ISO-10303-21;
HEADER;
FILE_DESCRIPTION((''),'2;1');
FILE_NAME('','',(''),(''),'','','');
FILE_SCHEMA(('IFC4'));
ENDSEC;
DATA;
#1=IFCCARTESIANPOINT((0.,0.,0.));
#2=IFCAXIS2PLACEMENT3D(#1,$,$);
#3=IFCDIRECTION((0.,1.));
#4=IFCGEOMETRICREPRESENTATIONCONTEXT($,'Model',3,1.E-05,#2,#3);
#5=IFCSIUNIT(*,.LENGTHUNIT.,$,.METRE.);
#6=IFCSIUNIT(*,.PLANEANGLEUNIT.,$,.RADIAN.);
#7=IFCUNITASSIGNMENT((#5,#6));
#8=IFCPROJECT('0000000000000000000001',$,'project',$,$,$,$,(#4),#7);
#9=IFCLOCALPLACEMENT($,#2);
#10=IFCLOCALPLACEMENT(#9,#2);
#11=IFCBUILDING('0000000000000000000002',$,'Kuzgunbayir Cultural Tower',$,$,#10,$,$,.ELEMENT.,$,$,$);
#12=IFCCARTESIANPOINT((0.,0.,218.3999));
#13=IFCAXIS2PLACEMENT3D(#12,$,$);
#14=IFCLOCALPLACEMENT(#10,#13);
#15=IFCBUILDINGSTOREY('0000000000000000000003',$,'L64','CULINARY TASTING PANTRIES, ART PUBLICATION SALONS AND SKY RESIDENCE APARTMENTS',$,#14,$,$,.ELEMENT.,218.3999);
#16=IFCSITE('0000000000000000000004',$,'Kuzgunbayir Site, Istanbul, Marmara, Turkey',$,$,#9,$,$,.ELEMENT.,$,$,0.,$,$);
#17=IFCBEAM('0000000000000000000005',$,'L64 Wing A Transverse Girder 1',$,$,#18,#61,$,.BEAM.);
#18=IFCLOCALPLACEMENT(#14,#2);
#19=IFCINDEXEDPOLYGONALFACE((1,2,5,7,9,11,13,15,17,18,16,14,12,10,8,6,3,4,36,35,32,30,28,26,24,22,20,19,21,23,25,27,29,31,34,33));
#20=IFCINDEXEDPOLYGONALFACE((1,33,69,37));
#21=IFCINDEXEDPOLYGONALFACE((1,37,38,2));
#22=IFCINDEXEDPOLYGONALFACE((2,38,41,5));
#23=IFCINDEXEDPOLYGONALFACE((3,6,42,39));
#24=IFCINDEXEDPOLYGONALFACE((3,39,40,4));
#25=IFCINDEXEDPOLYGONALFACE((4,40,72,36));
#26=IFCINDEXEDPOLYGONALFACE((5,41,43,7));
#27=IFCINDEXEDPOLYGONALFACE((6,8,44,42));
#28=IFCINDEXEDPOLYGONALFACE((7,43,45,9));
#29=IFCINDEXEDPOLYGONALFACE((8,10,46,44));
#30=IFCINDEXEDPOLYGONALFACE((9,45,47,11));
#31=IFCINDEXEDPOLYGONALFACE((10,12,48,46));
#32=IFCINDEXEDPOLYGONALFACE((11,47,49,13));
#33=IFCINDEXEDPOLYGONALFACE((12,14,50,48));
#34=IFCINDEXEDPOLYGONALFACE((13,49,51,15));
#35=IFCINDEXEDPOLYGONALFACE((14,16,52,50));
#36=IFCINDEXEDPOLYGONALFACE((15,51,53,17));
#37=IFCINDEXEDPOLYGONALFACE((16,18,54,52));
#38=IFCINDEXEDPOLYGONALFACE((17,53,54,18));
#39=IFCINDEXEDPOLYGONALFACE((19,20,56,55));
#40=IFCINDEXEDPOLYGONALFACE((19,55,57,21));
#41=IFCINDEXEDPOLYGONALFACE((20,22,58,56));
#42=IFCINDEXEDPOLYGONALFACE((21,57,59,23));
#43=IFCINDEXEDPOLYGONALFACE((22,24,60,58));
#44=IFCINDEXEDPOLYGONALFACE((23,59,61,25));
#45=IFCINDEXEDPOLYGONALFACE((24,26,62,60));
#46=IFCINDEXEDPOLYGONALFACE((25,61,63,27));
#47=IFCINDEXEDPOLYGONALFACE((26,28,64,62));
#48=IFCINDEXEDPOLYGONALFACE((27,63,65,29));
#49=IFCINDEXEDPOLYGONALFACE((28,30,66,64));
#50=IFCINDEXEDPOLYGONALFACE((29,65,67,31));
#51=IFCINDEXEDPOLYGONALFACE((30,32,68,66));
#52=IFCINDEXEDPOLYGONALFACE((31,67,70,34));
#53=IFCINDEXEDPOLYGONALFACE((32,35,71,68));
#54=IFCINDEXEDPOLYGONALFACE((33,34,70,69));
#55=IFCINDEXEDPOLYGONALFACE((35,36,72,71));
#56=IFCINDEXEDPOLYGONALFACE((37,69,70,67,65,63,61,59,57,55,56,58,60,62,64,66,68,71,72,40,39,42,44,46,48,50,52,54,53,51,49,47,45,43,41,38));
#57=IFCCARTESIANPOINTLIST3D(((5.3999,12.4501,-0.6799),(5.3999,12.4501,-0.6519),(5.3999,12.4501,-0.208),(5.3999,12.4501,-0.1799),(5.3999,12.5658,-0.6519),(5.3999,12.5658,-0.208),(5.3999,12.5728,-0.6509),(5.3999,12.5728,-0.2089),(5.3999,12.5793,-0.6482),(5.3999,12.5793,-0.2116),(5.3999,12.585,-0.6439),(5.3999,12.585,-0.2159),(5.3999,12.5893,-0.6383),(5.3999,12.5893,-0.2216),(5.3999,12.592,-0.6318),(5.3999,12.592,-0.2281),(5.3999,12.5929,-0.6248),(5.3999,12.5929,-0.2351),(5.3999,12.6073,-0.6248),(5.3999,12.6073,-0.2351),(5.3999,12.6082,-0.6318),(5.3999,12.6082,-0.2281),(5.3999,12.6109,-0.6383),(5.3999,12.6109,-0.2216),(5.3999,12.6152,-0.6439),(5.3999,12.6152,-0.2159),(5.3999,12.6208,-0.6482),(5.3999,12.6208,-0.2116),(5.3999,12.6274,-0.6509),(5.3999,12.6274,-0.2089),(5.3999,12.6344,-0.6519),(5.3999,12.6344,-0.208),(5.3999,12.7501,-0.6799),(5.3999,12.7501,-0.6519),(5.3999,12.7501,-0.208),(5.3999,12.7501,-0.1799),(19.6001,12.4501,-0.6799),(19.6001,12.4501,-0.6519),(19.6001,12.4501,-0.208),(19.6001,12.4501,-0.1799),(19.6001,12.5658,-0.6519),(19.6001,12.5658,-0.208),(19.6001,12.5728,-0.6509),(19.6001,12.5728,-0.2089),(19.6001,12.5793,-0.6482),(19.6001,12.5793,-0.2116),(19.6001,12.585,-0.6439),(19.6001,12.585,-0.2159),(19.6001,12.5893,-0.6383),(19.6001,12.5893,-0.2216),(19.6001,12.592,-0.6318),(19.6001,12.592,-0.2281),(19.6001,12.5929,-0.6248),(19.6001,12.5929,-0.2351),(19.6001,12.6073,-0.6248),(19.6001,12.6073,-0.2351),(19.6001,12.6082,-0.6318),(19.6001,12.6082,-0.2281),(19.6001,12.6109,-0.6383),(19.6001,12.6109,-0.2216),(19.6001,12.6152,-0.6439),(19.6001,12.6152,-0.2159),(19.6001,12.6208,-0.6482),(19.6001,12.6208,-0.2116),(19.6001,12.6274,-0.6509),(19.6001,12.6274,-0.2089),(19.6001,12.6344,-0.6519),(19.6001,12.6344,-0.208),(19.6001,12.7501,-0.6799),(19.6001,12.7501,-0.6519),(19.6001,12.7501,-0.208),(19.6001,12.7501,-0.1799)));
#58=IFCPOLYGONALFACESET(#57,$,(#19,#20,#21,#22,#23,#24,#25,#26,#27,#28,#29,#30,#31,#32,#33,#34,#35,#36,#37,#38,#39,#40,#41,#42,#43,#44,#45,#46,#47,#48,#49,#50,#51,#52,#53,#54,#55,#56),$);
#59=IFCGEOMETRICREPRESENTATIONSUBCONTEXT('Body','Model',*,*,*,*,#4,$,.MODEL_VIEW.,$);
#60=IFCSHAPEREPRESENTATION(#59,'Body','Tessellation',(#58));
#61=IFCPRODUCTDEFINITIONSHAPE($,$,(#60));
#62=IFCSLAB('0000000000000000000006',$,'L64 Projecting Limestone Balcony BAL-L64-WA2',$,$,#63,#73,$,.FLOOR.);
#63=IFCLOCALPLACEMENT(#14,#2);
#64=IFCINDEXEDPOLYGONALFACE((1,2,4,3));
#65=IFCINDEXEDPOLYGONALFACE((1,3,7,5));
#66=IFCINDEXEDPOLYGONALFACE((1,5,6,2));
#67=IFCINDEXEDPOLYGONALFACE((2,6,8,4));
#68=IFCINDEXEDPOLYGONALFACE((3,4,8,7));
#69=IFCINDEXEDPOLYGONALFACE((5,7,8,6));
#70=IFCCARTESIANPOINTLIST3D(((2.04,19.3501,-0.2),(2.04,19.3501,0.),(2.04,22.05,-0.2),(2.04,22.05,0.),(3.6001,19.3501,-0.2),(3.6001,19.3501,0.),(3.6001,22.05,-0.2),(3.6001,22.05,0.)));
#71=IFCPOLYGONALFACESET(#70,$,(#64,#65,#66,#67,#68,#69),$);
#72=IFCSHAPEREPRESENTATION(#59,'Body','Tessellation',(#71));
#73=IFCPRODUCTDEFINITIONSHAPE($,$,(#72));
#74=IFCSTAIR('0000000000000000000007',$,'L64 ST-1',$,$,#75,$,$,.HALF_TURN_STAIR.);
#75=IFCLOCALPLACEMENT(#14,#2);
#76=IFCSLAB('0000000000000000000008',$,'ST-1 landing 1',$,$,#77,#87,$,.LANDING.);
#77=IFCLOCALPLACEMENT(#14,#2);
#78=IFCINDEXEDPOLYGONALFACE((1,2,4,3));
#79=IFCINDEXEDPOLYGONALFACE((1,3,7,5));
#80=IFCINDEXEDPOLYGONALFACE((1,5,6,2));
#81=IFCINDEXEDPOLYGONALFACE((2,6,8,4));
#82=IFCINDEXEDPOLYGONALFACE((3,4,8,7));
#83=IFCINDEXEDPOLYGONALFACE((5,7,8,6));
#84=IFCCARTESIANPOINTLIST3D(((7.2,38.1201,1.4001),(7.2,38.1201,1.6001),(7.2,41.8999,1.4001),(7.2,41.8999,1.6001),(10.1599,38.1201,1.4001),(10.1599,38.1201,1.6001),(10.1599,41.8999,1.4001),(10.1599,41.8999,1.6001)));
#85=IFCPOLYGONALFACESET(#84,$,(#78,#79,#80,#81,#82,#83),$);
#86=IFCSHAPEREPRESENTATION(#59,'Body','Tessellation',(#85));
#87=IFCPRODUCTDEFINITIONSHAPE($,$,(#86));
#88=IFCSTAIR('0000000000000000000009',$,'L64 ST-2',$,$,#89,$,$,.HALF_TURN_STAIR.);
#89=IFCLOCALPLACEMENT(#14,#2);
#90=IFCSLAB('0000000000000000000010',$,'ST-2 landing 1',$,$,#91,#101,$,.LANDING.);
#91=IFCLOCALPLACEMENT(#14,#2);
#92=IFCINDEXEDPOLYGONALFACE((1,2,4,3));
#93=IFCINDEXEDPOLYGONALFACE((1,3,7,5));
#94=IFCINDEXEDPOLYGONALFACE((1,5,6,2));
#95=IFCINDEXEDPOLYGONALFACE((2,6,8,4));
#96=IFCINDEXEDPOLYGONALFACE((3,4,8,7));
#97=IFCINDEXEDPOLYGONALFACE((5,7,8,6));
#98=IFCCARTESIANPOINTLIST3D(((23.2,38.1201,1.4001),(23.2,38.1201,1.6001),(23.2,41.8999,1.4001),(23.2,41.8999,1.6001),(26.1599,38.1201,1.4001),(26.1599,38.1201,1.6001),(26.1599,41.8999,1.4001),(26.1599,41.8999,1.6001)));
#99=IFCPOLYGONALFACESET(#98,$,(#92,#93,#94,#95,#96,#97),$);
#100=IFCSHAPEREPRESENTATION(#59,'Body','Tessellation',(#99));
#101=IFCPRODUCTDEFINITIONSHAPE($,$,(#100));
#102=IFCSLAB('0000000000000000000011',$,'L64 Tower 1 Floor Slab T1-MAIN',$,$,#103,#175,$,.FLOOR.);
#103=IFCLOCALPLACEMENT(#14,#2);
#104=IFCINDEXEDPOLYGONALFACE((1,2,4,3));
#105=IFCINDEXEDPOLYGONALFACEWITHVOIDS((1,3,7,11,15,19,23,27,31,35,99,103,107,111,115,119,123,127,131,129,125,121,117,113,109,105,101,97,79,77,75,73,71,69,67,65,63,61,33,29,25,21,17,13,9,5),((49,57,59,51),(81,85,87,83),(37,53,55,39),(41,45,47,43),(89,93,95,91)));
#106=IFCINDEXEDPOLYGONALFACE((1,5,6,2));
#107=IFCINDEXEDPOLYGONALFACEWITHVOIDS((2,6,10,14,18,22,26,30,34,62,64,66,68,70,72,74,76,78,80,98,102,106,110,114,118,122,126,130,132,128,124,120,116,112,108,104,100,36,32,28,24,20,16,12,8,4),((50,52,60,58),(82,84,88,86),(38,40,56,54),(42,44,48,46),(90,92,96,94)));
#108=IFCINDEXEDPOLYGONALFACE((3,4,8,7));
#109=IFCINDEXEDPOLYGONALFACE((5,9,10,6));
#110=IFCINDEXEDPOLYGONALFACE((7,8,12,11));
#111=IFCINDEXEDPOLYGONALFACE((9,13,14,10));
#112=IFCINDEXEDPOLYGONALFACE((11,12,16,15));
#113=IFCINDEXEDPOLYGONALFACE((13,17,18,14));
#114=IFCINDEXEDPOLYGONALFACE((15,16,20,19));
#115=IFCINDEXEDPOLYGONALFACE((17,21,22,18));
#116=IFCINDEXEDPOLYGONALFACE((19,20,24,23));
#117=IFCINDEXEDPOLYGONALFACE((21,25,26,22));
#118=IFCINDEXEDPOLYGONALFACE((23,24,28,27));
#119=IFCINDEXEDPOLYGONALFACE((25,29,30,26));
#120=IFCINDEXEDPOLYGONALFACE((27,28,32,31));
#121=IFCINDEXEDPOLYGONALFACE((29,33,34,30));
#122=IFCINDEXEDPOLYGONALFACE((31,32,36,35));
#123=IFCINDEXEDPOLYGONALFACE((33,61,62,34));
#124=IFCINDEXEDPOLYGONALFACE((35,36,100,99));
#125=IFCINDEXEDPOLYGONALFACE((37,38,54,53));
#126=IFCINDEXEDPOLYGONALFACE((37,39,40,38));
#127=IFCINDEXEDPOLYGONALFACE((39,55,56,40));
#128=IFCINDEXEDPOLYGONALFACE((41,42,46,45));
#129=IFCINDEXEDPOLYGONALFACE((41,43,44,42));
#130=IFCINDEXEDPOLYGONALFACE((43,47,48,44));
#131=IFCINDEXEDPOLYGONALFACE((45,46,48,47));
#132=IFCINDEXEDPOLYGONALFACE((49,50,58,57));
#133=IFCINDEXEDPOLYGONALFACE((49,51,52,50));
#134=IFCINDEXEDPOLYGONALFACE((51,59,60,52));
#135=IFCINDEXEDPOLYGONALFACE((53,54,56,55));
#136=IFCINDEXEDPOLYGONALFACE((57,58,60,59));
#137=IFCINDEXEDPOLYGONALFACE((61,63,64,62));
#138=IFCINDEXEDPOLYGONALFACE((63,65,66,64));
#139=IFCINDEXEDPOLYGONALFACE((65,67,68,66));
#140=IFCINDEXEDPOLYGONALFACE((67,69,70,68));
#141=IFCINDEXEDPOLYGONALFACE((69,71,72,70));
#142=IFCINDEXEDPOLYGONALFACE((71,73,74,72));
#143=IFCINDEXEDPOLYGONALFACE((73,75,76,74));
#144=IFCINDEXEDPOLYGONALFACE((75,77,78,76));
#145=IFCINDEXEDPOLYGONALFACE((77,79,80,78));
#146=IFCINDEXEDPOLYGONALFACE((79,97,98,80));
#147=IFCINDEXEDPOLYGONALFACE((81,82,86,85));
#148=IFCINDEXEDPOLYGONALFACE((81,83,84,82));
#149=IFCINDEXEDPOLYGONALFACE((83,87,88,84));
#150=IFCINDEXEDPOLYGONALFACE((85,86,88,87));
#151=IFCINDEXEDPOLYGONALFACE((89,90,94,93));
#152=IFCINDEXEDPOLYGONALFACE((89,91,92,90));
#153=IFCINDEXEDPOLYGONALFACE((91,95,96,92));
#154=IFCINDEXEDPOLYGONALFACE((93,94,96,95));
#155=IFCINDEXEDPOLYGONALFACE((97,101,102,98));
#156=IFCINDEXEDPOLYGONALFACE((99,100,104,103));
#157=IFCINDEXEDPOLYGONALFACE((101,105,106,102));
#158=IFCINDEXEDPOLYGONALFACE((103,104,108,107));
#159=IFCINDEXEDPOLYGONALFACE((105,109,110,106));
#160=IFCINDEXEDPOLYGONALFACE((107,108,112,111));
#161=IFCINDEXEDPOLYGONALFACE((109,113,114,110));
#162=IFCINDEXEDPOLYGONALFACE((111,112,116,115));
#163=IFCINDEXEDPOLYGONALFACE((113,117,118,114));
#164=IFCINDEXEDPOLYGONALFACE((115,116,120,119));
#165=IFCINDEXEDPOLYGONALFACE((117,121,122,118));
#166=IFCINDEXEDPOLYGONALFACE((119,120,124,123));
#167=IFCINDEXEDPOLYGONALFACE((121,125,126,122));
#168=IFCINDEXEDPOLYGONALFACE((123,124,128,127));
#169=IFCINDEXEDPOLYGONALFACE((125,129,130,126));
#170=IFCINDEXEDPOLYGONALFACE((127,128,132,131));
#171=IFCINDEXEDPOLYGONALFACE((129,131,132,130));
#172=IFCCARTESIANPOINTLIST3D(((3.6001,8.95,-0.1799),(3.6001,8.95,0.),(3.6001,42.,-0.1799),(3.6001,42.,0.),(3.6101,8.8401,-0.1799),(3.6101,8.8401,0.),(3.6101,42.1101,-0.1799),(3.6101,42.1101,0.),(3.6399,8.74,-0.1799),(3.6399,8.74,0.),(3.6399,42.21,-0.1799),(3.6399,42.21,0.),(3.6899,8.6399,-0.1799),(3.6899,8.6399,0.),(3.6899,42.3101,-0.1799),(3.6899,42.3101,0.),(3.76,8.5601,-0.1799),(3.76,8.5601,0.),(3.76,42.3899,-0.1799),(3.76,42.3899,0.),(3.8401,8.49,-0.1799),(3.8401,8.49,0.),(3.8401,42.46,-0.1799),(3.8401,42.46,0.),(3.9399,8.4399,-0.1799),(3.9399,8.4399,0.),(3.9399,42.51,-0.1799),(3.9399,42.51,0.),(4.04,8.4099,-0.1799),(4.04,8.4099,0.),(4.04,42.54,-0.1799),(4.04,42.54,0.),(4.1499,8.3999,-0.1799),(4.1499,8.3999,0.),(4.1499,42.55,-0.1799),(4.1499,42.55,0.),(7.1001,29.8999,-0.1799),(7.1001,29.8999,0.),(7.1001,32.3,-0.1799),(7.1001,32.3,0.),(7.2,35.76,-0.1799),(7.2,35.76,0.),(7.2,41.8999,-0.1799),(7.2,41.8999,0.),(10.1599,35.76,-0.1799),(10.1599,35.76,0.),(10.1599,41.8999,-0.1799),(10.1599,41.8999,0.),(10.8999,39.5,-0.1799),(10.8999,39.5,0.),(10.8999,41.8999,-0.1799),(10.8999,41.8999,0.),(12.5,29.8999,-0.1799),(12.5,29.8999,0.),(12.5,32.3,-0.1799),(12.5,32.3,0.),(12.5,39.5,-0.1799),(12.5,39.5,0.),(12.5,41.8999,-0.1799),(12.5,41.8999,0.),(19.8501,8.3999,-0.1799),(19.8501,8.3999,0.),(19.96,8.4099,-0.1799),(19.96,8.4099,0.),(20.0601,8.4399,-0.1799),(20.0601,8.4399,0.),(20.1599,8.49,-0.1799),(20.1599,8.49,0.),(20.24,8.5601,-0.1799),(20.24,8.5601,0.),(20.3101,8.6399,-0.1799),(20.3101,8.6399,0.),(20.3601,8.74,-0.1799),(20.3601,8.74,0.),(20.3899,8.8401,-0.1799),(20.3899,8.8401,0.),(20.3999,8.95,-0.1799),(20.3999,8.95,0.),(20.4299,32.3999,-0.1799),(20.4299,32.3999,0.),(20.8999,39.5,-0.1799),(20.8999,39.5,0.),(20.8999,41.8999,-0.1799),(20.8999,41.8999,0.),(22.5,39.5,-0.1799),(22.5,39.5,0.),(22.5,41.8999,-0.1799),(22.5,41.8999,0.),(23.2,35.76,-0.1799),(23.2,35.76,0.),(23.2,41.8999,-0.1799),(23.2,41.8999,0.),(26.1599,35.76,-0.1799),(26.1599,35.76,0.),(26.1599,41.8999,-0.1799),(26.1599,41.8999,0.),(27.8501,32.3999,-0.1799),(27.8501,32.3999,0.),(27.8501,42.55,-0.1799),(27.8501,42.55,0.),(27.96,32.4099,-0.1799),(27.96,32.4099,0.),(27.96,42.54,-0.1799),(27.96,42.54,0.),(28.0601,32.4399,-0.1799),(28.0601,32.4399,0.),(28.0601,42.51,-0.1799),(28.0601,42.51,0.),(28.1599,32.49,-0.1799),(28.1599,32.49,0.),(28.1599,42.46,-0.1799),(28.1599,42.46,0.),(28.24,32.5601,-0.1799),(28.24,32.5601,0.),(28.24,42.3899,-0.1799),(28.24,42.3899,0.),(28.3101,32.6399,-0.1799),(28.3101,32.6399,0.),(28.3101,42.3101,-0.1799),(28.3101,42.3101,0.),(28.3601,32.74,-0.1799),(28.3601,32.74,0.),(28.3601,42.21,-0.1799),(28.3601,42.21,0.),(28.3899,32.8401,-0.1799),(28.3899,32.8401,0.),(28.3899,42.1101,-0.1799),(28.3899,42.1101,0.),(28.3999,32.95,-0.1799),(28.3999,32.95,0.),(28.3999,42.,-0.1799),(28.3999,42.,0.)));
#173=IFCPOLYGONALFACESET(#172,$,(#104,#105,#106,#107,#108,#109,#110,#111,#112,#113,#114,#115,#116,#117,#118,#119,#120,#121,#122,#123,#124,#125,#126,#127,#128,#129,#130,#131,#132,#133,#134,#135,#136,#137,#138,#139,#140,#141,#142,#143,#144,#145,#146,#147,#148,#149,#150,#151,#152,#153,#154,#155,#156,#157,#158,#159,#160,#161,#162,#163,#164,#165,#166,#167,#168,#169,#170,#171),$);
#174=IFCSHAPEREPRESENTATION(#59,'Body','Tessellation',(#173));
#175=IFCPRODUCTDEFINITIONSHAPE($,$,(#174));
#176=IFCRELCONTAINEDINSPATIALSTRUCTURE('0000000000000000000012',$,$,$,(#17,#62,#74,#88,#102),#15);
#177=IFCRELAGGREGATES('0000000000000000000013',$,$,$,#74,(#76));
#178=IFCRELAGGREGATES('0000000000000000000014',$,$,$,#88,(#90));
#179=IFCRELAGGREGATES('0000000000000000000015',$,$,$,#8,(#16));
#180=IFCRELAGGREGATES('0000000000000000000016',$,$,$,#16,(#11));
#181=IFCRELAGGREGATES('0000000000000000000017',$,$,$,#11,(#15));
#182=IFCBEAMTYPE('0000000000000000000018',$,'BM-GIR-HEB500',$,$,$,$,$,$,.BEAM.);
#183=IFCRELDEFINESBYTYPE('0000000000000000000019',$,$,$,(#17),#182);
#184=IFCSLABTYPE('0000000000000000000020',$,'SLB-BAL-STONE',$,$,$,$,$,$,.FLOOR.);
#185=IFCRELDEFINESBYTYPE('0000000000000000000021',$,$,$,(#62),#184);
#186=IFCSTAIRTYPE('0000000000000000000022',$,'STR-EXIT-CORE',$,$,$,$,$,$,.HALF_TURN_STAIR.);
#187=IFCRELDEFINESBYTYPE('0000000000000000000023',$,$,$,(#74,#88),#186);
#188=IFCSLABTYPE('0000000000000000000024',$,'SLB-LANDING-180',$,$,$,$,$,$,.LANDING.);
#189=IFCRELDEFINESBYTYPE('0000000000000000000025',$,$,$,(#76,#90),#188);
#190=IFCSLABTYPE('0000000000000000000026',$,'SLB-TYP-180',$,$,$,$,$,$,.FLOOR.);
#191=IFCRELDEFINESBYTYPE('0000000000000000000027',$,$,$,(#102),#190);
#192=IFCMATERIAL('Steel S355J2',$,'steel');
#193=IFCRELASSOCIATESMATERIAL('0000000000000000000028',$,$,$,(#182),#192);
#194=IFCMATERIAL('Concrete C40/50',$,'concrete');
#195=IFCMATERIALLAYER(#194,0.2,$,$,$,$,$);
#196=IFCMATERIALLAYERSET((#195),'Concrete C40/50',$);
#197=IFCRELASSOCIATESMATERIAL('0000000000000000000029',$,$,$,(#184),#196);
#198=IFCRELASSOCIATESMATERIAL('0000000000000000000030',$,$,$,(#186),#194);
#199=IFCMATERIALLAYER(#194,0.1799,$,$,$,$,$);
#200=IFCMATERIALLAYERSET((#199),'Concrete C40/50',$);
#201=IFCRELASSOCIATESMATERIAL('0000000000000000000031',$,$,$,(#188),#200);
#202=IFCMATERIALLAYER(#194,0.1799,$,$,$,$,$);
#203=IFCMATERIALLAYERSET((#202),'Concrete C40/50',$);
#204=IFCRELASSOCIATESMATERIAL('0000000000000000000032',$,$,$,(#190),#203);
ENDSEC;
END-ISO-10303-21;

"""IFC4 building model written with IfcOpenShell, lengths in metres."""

from ifc_helpers import new_model, si_unit, direction, frame, origin, origin_2d, place, context, subcontext, project, spatial, polyline, i_section, outline, extrude, material, layer, layer_set, material_profile, profile_set, type_object, element, aggregate, save


model = new_model("IFC4")

# Units and contexts
model_context = context("Model", 3, precision=1e-05, world=origin(), true_north=direction((0.0, 1.0)))
body_context = subcontext(model_context, "Body", "Model", "MODEL_VIEW")
ifc_project = project(units=[si_unit("LENGTHUNIT", "METRE"), si_unit("PLANEANGLEUNIT", "RADIAN")], contexts=[model_context])

# Site, building, storey
site_placement = place(None, origin())
site = spatial("IfcSite", under=ifc_project, at=site_placement, Name="Kuzgunbayir Site, Istanbul, Marmara, Turkey", CompositionType="ELEMENT", RefElevation=0.0)
building_placement = place(site_placement, origin())
building = spatial("IfcBuilding", under=site, at=building_placement, Name="Kuzgunbayir Cultural Tower", CompositionType="ELEMENT")
storey_placement = place(building_placement, frame((0.0, 0.0, 218.3999)))
storey = spatial("IfcBuildingStorey", under=building, at=storey_placement, Name="L64", Description="CULINARY TASTING PANTRIES, ART PUBLICATION SALONS AND SKY RESIDENCE APARTMENTS", CompositionType="ELEMENT", Elevation=218.3999)

# Beam
ifc_material_1 = material(Name="Steel S355J2", Category="steel")
ifc_material_profile_1 = material_profile(ifc_material_1, i_section(OverallWidth=0.3, OverallDepth=0.5, WebThickness=0.0144, FlangeThickness=0.0281, FilletRadius=0.0271, at=origin_2d()), Name="HEB 500")
ifc_profile_set_1 = profile_set([ifc_material_profile_1], Name="Steel S355J2")
beam_type_1 = type_object("IfcBeamType", Name="BM-GIR-HEB500", PredefinedType="BEAM", material=ifc_profile_set_1)
beam_1_placement = place(storey_placement, frame((5.3999, 12.6001, -0.4299), z_axis=(1.0, 0.0, 0.0), x_axis=(0.0, 1.0, 0.0)))
element("IfcBeam", 1, at=beam_1_placement, inside=storey, type_object=beam_type_1, Name="L64 Wing A Transverse Girder 1", PredefinedType="BEAM", context=body_context, shape_type="SweptSolid", body=[
    extrude(i_section(OverallWidth=0.3, OverallDepth=0.5, WebThickness=0.0144, FlangeThickness=0.0281, FilletRadius=0.0271, at=origin_2d()), origin(), (0.0, 0.0, 1.0), 14.2002),
])

# Slab
ifc_material_2 = material(Name="Concrete C40/50", Category="concrete")
ifc_layer_1 = layer(ifc_material_2, 0.2)
ifc_layer_set_1 = layer_set([ifc_layer_1], Name="Concrete C40/50")
slab_type_1 = type_object("IfcSlabType", Name="SLB-BAL-STONE", PredefinedType="FLOOR", material=ifc_layer_set_1)
slab_1_placement = place(storey_placement, frame((0.0, 0.0, -0.2)))
element("IfcSlab", 2, at=slab_1_placement, inside=storey, type_object=slab_type_1, Name="L64 Projecting Limestone Balcony BAL-L64-WA2", PredefinedType="FLOOR", context=body_context, shape_type="SweptSolid", body=[
    extrude(outline(polyline([(2.04, 19.3501), (3.6001, 19.3501), (3.6001, 22.05), (2.04, 22.05), (2.04, 19.3501)])), origin(), (0.0, 0.0, 1.0), 0.2),
])

# Stairs, slabs
stair_type = type_object("IfcStairType", Name="STR-EXIT-CORE", PredefinedType="HALF_TURN_STAIR", material=ifc_material_2)
stair_1_placement = place(storey_placement, origin())
stair_1 = element("IfcStair", 3, at=stair_1_placement, inside=storey, type_object=stair_type, Name="L64 ST-1", PredefinedType="HALF_TURN_STAIR")
ifc_layer_2 = layer(ifc_material_2, 0.1799)
ifc_layer_set_2 = layer_set([ifc_layer_2], Name="Concrete C40/50")
slab_type_2 = type_object("IfcSlabType", Name="SLB-LANDING-180", PredefinedType="LANDING", material=ifc_layer_set_2)
slab_2_placement = place(storey_placement, frame((0.0, 0.0, 1.4001)))
slab_2 = element("IfcSlab", 4, at=slab_2_placement, type_object=slab_type_2, Name="ST-1 landing 1", PredefinedType="LANDING", context=body_context, shape_type="SweptSolid", body=[
    extrude(outline(polyline([(10.1599, 38.1201), (10.1599, 41.8999), (7.2, 41.8999), (7.2, 38.1201), (10.1599, 38.1201)])), origin(), (0.0, 0.0, 1.0), 0.2),
])
aggregate(stair_1, [slab_2])
stair_2_placement = place(storey_placement, origin())
stair_2 = element("IfcStair", 5, at=stair_2_placement, inside=storey, type_object=stair_type, Name="L64 ST-2", PredefinedType="HALF_TURN_STAIR")
slab_3_placement = place(storey_placement, frame((0.0, 0.0, 1.4001)))
slab_3 = element("IfcSlab", 6, at=slab_3_placement, type_object=slab_type_2, Name="ST-2 landing 1", PredefinedType="LANDING", context=body_context, shape_type="SweptSolid", body=[
    extrude(outline(polyline([(26.1599, 38.1201), (26.1599, 41.8999), (23.2, 41.8999), (23.2, 38.1201), (26.1599, 38.1201)])), origin(), (0.0, 0.0, 1.0), 0.2),
])
aggregate(stair_2, [slab_3])

# Slab
ifc_layer_3 = layer(ifc_material_2, 0.1799)
ifc_layer_set_3 = layer_set([ifc_layer_3], Name="Concrete C40/50")
slab_type_3 = type_object("IfcSlabType", Name="SLB-TYP-180", PredefinedType="FLOOR", material=ifc_layer_set_3)
slab_4_placement = place(storey_placement, frame((0.0, 0.0, -0.1799)))
element("IfcSlab", 7, at=slab_4_placement, inside=storey, type_object=slab_type_3, Name="L64 Tower 1 Floor Slab T1-MAIN", PredefinedType="FLOOR", context=body_context, shape_type="SweptSolid", body=[
    extrude(outline(polyline([(20.3999, 8.95), (20.3899, 8.8401), (20.3601, 8.74), (20.3101, 8.6399), (20.24, 8.5601), (20.1599, 8.49), (20.0601, 8.4399), (19.96, 8.4099), (19.8501, 8.3999), (4.1499, 8.3999), (4.04, 8.4099), (3.9399, 8.4399), (3.8401, 8.49), (3.76, 8.5601), (3.6899, 8.6399), (3.6399, 8.74), (3.6101, 8.8401), (3.6001, 8.95), (3.6001, 42.0), (3.6101, 42.1101), (3.6399, 42.21), (3.6899, 42.3101), (3.76, 42.3899), (3.8401, 42.46), (3.9399, 42.51), (4.04, 42.54), (4.1499, 42.55), (27.8501, 42.55), (27.96, 42.54), (28.0601, 42.51), (28.1599, 42.46), (28.24, 42.3899), (28.3101, 42.3101), (28.3601, 42.21), (28.3899, 42.1101), (28.3999, 42.0), (28.3999, 32.95), (28.3899, 32.8401), (28.3601, 32.74), (28.3101, 32.6399), (28.24, 32.5601), (28.1599, 32.49), (28.0601, 32.4399), (27.96, 32.4099), (27.8501, 32.3999), (20.4299, 32.3999), (20.3999, 8.95)]), holes=[polyline([(7.2, 35.76), (7.2, 41.8999), (10.1599, 41.8999), (10.1599, 35.76), (7.2, 35.76)]), polyline([(23.2, 35.76), (23.2, 41.8999), (26.1599, 41.8999), (26.1599, 35.76), (23.2, 35.76)]), polyline([(7.1001, 29.8999), (7.1001, 32.3), (12.5, 32.3), (12.5, 29.8999), (7.1001, 29.8999)]), polyline([(10.8999, 39.5), (10.8999, 41.8999), (12.5, 41.8999), (12.5, 39.5), (10.8999, 39.5)]), polyline([(20.8999, 39.5), (20.8999, 41.8999), (22.5, 41.8999), (22.5, 39.5), (20.8999, 39.5)])]), origin(), (0.0, 0.0, 1.0), 0.1799),
])

save(model, "model.ifc")
